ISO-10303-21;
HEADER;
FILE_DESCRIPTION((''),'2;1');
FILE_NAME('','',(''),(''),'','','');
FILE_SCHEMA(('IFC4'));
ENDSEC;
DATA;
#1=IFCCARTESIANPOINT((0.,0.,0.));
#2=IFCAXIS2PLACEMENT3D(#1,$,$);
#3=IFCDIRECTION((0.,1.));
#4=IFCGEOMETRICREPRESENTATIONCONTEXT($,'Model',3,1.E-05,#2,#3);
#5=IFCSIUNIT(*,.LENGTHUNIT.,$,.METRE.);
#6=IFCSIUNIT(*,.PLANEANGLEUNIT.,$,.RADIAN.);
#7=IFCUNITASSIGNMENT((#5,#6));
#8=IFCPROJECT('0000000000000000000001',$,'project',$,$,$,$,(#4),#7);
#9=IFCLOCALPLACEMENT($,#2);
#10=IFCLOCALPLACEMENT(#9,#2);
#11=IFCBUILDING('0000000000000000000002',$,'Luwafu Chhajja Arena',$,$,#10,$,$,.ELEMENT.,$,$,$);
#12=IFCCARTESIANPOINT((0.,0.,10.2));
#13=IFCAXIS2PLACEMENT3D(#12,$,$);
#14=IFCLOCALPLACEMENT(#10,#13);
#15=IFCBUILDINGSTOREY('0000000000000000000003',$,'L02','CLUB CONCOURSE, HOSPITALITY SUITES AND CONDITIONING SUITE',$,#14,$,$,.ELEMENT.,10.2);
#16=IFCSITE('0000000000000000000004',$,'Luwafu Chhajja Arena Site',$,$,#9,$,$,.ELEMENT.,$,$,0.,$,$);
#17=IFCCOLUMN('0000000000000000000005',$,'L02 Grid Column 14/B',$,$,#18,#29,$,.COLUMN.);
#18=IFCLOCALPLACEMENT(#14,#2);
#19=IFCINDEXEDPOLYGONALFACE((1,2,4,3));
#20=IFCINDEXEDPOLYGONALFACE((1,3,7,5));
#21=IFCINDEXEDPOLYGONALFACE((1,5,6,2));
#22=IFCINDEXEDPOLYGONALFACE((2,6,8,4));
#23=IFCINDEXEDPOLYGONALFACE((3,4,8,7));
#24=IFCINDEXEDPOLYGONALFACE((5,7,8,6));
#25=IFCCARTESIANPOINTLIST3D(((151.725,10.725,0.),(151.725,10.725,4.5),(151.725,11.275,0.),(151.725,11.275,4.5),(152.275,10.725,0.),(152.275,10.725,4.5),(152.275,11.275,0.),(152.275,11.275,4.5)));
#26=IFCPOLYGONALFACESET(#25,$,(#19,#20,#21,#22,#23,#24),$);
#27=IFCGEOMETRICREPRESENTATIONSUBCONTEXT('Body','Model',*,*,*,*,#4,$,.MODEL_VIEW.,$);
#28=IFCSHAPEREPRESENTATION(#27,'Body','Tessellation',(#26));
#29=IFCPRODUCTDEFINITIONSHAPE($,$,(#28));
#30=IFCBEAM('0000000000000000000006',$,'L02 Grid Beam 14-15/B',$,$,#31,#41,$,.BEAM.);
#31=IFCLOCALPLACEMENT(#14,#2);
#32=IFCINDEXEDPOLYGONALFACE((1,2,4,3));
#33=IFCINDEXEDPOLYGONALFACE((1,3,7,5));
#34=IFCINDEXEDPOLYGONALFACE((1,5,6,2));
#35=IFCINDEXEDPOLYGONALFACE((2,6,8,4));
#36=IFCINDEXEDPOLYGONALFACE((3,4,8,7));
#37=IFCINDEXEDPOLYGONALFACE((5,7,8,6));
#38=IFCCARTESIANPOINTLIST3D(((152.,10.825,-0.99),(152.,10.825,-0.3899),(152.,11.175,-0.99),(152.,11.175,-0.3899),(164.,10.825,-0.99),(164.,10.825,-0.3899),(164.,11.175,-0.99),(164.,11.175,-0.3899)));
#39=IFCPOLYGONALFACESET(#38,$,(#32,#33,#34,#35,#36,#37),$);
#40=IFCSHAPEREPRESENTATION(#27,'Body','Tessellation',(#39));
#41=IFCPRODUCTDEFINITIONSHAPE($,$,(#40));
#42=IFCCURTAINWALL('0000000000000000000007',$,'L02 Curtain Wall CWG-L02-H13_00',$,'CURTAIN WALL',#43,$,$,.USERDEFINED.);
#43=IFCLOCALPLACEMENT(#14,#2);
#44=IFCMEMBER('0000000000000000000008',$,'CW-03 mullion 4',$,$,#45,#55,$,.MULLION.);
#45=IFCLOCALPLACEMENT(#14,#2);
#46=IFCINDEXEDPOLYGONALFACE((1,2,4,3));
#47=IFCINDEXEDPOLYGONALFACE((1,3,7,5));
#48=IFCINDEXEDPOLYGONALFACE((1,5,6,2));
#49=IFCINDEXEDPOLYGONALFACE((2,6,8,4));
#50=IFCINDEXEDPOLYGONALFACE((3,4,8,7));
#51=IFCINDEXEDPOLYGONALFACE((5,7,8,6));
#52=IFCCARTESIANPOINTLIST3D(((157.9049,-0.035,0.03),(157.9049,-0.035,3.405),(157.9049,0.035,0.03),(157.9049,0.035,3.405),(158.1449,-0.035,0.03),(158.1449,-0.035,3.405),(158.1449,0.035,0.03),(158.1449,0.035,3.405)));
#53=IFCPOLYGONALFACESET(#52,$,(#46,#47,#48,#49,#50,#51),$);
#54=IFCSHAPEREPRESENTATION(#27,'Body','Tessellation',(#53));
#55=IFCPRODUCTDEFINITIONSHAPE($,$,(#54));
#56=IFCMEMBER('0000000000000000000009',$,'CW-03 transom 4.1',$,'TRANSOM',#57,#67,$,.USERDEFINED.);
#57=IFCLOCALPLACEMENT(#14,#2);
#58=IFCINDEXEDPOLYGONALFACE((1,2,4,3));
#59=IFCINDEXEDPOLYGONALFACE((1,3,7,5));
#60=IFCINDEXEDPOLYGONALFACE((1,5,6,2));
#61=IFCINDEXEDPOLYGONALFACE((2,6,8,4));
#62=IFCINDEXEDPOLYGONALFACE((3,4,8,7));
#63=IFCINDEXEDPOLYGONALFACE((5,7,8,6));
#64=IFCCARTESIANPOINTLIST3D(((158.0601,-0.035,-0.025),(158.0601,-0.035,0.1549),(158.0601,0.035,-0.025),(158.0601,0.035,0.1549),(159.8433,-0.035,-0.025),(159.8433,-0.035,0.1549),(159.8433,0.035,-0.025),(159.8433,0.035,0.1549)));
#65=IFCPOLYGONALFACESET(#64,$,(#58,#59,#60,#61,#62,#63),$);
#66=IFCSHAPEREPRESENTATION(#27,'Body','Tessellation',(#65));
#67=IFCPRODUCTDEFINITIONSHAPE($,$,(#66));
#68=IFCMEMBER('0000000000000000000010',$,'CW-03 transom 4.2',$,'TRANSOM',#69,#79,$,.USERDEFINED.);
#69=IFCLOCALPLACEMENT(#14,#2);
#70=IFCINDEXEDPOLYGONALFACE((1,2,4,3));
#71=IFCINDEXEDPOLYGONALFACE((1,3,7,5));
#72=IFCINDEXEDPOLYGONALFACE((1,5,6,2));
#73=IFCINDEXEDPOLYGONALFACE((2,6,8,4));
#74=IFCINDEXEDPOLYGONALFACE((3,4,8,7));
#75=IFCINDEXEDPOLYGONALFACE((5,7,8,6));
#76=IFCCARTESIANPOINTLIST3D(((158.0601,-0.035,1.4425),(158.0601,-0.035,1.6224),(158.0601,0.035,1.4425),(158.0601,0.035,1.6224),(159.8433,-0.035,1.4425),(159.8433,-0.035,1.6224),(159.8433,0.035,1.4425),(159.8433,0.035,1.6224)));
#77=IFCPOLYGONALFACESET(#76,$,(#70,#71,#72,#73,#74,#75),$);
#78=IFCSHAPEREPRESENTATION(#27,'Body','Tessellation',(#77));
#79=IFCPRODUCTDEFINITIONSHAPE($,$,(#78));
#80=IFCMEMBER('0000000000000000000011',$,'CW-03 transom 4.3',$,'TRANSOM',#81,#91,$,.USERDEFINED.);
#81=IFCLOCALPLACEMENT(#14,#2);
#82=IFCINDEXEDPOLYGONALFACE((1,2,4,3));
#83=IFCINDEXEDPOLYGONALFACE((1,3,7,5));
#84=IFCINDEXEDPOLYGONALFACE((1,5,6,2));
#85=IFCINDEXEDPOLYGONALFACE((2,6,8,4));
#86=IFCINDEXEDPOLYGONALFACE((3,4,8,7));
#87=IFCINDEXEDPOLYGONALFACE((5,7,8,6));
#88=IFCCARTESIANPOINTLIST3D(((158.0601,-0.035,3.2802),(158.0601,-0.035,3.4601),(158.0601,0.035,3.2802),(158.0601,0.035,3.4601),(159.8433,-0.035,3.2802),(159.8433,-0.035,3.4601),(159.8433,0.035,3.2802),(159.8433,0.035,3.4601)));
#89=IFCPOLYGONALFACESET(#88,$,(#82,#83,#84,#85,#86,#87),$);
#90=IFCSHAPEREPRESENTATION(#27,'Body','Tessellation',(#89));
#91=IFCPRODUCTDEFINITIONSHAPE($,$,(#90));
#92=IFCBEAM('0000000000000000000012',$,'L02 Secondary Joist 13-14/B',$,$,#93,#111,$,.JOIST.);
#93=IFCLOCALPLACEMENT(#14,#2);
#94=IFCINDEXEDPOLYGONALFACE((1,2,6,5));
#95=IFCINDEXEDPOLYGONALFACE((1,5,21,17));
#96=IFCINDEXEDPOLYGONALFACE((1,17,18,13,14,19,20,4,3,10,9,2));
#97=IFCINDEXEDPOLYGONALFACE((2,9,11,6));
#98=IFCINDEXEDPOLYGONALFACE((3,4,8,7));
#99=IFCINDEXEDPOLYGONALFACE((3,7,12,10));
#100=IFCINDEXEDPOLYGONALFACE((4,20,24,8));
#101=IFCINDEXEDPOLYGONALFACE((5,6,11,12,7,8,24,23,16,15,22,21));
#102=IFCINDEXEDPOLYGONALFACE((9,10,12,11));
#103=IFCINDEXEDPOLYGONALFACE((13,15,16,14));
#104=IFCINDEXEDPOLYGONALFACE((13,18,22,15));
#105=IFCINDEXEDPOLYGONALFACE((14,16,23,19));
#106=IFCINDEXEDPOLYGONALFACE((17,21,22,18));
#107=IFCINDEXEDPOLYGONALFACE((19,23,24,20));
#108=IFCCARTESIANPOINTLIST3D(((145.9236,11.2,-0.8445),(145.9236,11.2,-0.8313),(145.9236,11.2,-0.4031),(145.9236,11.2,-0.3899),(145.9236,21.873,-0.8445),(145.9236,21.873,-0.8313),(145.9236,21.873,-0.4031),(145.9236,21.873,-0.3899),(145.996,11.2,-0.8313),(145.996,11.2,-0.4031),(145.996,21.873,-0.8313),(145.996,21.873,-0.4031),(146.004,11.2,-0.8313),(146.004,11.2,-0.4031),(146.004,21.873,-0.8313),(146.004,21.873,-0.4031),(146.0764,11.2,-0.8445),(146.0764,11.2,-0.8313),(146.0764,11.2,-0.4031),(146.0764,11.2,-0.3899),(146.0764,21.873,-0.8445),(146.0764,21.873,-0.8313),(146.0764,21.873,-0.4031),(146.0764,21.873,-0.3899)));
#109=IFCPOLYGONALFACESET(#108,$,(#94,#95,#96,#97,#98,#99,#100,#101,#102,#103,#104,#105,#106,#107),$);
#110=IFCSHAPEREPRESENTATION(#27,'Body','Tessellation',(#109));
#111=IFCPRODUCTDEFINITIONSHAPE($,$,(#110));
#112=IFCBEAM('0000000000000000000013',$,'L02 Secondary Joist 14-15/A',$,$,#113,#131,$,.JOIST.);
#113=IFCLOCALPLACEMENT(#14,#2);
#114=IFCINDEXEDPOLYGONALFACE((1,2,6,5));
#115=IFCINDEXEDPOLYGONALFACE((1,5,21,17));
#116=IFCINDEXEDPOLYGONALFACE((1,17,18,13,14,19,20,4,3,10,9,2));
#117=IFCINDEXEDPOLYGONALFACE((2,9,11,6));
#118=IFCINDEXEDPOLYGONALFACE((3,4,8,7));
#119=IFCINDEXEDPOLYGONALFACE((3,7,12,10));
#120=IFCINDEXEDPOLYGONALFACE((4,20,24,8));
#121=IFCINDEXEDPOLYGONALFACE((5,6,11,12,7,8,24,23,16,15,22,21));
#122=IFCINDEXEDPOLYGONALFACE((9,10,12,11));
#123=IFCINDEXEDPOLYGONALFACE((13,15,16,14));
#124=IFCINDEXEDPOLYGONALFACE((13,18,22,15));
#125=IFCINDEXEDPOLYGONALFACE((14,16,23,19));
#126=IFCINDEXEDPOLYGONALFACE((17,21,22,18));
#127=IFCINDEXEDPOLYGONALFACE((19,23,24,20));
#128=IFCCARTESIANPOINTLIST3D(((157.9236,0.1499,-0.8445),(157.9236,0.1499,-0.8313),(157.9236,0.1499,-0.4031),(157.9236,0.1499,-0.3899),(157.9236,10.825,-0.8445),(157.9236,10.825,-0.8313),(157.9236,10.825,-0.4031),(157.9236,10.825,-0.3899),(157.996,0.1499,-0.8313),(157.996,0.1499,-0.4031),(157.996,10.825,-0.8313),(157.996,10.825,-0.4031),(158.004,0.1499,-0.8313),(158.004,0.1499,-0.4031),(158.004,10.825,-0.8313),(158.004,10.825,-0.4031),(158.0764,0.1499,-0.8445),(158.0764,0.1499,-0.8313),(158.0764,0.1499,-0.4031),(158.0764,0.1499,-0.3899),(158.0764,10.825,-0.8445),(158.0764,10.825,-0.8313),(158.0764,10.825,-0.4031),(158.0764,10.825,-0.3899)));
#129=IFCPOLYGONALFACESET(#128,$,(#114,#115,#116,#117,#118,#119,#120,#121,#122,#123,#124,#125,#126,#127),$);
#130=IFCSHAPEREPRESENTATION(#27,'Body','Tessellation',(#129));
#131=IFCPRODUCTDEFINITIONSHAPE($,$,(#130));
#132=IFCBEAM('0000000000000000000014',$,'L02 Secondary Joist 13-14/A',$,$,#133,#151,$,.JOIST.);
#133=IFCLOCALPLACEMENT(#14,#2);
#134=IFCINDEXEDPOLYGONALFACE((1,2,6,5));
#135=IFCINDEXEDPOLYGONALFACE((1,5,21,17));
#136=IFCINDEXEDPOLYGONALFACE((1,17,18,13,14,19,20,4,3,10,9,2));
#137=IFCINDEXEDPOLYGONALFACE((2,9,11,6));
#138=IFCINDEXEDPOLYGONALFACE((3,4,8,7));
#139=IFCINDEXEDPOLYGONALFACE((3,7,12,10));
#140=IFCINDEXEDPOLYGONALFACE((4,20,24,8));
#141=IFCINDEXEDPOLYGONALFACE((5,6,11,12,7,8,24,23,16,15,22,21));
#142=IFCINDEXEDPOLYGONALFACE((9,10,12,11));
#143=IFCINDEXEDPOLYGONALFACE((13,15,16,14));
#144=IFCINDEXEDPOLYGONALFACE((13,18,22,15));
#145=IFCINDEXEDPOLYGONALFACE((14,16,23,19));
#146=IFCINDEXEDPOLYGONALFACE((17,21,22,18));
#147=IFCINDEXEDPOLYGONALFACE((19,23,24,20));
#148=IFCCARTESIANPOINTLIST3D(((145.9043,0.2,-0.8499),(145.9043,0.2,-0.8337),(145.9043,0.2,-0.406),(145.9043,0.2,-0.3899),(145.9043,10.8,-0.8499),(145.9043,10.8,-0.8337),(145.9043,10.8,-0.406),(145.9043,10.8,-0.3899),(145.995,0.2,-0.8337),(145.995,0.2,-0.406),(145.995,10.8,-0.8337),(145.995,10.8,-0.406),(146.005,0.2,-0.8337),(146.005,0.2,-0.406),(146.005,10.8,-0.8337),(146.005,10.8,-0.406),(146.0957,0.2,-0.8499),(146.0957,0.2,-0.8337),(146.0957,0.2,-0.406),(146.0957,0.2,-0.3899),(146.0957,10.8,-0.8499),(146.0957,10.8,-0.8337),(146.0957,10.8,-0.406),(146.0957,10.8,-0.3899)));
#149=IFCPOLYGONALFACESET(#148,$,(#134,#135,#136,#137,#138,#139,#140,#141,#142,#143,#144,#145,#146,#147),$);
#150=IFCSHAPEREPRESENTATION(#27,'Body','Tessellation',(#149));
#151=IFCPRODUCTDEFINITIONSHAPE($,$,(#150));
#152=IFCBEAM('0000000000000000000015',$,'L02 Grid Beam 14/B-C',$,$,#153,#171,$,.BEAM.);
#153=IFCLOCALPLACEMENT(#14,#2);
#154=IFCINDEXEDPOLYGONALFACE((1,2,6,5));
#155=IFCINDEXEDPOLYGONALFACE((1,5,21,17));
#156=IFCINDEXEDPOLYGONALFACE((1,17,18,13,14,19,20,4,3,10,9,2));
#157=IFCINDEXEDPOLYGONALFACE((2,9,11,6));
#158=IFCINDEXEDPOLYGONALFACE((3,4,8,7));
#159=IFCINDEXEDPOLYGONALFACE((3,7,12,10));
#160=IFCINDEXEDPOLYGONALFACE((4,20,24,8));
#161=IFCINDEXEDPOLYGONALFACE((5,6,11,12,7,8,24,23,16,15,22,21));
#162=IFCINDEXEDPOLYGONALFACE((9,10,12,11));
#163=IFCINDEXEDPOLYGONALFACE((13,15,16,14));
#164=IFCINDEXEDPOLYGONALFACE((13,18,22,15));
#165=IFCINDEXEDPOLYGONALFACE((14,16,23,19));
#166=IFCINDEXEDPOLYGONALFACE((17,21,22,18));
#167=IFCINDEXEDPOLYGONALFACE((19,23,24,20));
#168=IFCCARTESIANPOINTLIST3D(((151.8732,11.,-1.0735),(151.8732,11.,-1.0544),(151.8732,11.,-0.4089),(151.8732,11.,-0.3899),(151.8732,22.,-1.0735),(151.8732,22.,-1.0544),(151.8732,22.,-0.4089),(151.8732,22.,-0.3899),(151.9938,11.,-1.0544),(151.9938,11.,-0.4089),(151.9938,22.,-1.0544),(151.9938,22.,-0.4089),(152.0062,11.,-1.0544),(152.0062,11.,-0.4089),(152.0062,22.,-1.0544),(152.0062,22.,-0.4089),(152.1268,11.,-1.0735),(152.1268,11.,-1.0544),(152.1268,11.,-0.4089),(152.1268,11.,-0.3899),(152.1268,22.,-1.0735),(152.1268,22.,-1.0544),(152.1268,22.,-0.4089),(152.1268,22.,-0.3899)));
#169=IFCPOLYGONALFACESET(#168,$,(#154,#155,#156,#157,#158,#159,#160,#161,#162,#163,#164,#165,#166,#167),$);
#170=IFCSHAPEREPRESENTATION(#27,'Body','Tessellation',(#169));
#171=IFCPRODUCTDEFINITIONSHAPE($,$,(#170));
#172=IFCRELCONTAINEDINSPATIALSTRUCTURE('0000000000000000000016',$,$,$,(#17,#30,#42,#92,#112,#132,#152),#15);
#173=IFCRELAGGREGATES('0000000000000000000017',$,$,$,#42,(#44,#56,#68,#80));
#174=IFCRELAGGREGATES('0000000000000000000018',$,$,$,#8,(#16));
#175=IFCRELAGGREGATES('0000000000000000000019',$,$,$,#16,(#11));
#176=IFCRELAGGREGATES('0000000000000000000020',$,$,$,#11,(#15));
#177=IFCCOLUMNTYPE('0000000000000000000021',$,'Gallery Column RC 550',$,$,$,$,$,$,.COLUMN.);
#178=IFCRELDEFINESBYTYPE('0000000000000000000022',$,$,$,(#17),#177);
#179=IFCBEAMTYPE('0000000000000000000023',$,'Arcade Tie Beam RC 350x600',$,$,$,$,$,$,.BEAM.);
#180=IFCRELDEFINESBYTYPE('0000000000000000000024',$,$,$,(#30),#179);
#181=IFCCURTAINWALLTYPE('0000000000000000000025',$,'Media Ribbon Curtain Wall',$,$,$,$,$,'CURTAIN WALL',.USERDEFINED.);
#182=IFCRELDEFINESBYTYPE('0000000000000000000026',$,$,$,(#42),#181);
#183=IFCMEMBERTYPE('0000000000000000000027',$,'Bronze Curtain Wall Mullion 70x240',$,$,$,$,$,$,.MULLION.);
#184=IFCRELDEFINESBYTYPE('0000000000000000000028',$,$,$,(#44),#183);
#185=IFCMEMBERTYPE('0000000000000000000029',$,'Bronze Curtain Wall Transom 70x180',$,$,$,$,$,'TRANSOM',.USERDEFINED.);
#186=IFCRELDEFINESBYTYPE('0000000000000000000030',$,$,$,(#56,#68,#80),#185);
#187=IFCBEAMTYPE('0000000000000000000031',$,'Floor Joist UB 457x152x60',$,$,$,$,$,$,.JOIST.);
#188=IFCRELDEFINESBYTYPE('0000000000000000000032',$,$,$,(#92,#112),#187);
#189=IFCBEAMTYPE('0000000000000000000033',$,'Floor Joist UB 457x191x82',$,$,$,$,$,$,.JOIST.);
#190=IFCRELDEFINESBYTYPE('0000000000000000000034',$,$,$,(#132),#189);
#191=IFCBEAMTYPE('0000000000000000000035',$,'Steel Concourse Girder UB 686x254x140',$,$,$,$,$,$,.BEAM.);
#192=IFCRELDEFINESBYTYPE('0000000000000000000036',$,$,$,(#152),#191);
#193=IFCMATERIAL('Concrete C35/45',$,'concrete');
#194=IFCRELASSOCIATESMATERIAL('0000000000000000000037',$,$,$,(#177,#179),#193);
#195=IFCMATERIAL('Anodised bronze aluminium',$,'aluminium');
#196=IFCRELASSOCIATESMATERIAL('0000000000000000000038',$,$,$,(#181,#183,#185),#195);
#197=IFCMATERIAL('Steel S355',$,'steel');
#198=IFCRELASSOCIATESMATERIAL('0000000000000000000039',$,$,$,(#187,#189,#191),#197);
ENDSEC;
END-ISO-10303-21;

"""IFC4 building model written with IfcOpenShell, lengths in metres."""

from ifc_helpers import new_model, si_unit, direction, frame, origin, origin_2d, place, context, subcontext, project, spatial, rectangle, i_section, extrude, material, material_profile, profile_set, type_object, element, aggregate, save


model = new_model("IFC4")

# Units and contexts
model_context = context("Model", 3, precision=1e-05, world=origin(), true_north=direction((0.0, 1.0)))
body_context = subcontext(model_context, "Body", "Model", "MODEL_VIEW")
ifc_project = project(units=[si_unit("LENGTHUNIT", "METRE"), si_unit("PLANEANGLEUNIT", "RADIAN")], contexts=[model_context])

# Site, building, storey
site_placement = place(None, origin())
site = spatial("IfcSite", under=ifc_project, at=site_placement, Name="Luwafu Chhajja Arena Site", CompositionType="ELEMENT", RefElevation=0.0)
building_placement = place(site_placement, origin())
building = spatial("IfcBuilding", under=site, at=building_placement, Name="Luwafu Chhajja Arena", CompositionType="ELEMENT")
storey_placement = place(building_placement, frame((0.0, 0.0, 10.2)))
storey = spatial("IfcBuildingStorey", under=building, at=storey_placement, Name="L02", Description="CLUB CONCOURSE, HOSPITALITY SUITES AND CONDITIONING SUITE", CompositionType="ELEMENT", Elevation=10.2)

# Column
ifc_material_1 = material(Name="Concrete C35/45", Category="concrete")
ifc_material_profile_1 = material_profile(ifc_material_1, rectangle(XDim=0.55, YDim=0.55, at=origin_2d()), Name="RC 550x550")
ifc_profile_set_1 = profile_set([ifc_material_profile_1], Name="Concrete C35/45")
column_type = type_object("IfcColumnType", Name="Gallery Column RC 550", PredefinedType="COLUMN", material=ifc_profile_set_1)
column_placement = place(storey_placement, frame((152.0, 11.0, 0.0), z_axis=(0.0, 0.0, 1.0), x_axis=(1.0, 0.0, 0.0)))
element("IfcColumn", 1, at=column_placement, inside=storey, type_object=column_type, Name="L02 Grid Column 14/B", PredefinedType="COLUMN", context=body_context, shape_type="SweptSolid", body=[
    extrude(rectangle(XDim=0.55, YDim=0.55, at=origin_2d()), origin(), (0.0, 0.0, 1.0), 4.5),
])

# Beam
ifc_material_profile_2 = material_profile(ifc_material_1, rectangle(XDim=0.3501, YDim=0.6001, at=origin_2d()), Name="RC 350x600")
ifc_profile_set_2 = profile_set([ifc_material_profile_2], Name="Concrete C35/45")
beam_type_1 = type_object("IfcBeamType", Name="Arcade Tie Beam RC 350x600", PredefinedType="BEAM", material=ifc_profile_set_2)
beam_1_placement = place(storey_placement, frame((152.0, 11.0, -0.6899), z_axis=(1.0, 0.0, 0.0), x_axis=(0.0, 1.0, 0.0)))
element("IfcBeam", 2, at=beam_1_placement, inside=storey, type_object=beam_type_1, Name="L02 Grid Beam 14-15/B", PredefinedType="BEAM", context=body_context, shape_type="SweptSolid", body=[
    extrude(rectangle(XDim=0.3501, YDim=0.6001, at=origin_2d()), origin(), (0.0, 0.0, 1.0), 12.0),
])

# Curtain wall, members
ifc_material_2 = material(Name="Anodised bronze aluminium", Category="aluminium")
curtain_wall_type = type_object("IfcCurtainWallType", Name="Media Ribbon Curtain Wall", ElementType="CURTAIN WALL", PredefinedType="USERDEFINED", material=ifc_material_2)
curtain_wall_placement = place(storey_placement, origin())
curtain_wall = element("IfcCurtainWall", 3, at=curtain_wall_placement, inside=storey, type_object=curtain_wall_type, Name="L02 Curtain Wall CWG-L02-H13_00", ObjectType="CURTAIN WALL", PredefinedType="USERDEFINED")
ifc_material_profile_3 = material_profile(ifc_material_2, rectangle(XDim=0.0701, YDim=0.24, at=origin_2d()), Name="CWM 70x240")
ifc_profile_set_3 = profile_set([ifc_material_profile_3], Name="Anodised bronze aluminium")
member_type_1 = type_object("IfcMemberType", Name="Bronze Curtain Wall Mullion 70x240", PredefinedType="MULLION", material=ifc_profile_set_3)
member_1_placement = place(storey_placement, frame((158.0249, 0.0, 0.03), z_axis=(0.0, 0.0, 1.0), x_axis=(0.0, 1.0, 0.0)))
member_1 = element("IfcMember", 4, at=member_1_placement, type_object=member_type_1, Name="CW-03 mullion 4", PredefinedType="MULLION", context=body_context, shape_type="SweptSolid", body=[
    extrude(rectangle(XDim=0.0701, YDim=0.24, at=origin_2d()), origin(), (0.0, 0.0, 1.0), 3.375),
])
ifc_material_profile_4 = material_profile(ifc_material_2, rectangle(XDim=0.0701, YDim=0.1799, at=origin_2d()), Name="CWT 70x180")
ifc_profile_set_4 = profile_set([ifc_material_profile_4], Name="Anodised bronze aluminium")
member_type_2 = type_object("IfcMemberType", Name="Bronze Curtain Wall Transom 70x180", ElementType="TRANSOM", PredefinedType="USERDEFINED", material=ifc_profile_set_4)
member_2_placement = place(storey_placement, frame((158.0601, 0.0, 0.0649), z_axis=(1.0, 0.0, 0.0), x_axis=(0.0, 1.0, 0.0)))
member_2 = element("IfcMember", 5, at=member_2_placement, type_object=member_type_2, Name="CW-03 transom 4.1", ObjectType="TRANSOM", PredefinedType="USERDEFINED", context=body_context, shape_type="SweptSolid", body=[
    extrude(rectangle(XDim=0.0701, YDim=0.1799, at=origin_2d()), origin(), (0.0, 0.0, 1.0), 1.7832),
])
member_3_placement = place(storey_placement, frame((158.0601, 0.0, 1.5325), z_axis=(1.0, 0.0, 0.0), x_axis=(0.0, 1.0, 0.0)))
member_3 = element("IfcMember", 6, at=member_3_placement, type_object=member_type_2, Name="CW-03 transom 4.2", ObjectType="TRANSOM", PredefinedType="USERDEFINED", context=body_context, shape_type="SweptSolid", body=[
    extrude(rectangle(XDim=0.0701, YDim=0.1799, at=origin_2d()), origin(), (0.0, 0.0, 1.0), 1.7832),
])
member_4_placement = place(storey_placement, frame((158.0601, 0.0, 3.3701), z_axis=(1.0, 0.0, 0.0), x_axis=(0.0, 1.0, 0.0)))
member_4 = element("IfcMember", 7, at=member_4_placement, type_object=member_type_2, Name="CW-03 transom 4.3", ObjectType="TRANSOM", PredefinedType="USERDEFINED", context=body_context, shape_type="SweptSolid", body=[
    extrude(rectangle(XDim=0.0701, YDim=0.1799, at=origin_2d()), origin(), (0.0, 0.0, 1.0), 1.7832),
])
aggregate(curtain_wall, [member_1, member_2, member_3, member_4])

# Beams
ifc_material_3 = material(Name="Steel S355", Category="steel")
ifc_material_profile_5 = material_profile(ifc_material_3, i_section(OverallWidth=0.1528, OverallDepth=0.4546, WebThickness=0.0081, FlangeThickness=0.0132, at=origin_2d()), Name="UB 457x152x60")
ifc_profile_set_5 = profile_set([ifc_material_profile_5], Name="Steel S355")
beam_type_2 = type_object("IfcBeamType", Name="Floor Joist UB 457x152x60", PredefinedType="JOIST", material=ifc_profile_set_5)
beam_2_placement = place(storey_placement, frame((146.0, 11.2, -0.6172), z_axis=(0.0, 1.0, 0.0), x_axis=(-1.0, 0.0, 0.0)))
element("IfcBeam", 8, at=beam_2_placement, inside=storey, type_object=beam_type_2, Name="L02 Secondary Joist 13-14/B", PredefinedType="JOIST", context=body_context, shape_type="SweptSolid", body=[
    extrude(i_section(OverallWidth=0.1528, OverallDepth=0.4546, WebThickness=0.0081, FlangeThickness=0.0132, at=origin_2d()), origin(), (0.0, 0.0, 1.0), 10.6731),
])
beam_3_placement = place(storey_placement, frame((158.0, 0.1499, -0.6172), z_axis=(0.0, 1.0, 0.0), x_axis=(-1.0, 0.0, 0.0)))
element("IfcBeam", 9, at=beam_3_placement, inside=storey, type_object=beam_type_2, Name="L02 Secondary Joist 14-15/A", PredefinedType="JOIST", context=body_context, shape_type="SweptSolid", body=[
    extrude(i_section(OverallWidth=0.1528, OverallDepth=0.4546, WebThickness=0.0081, FlangeThickness=0.0132, at=origin_2d()), origin(), (0.0, 0.0, 1.0), 10.675),
])
ifc_material_profile_6 = material_profile(ifc_material_3, i_section(OverallWidth=0.1914, OverallDepth=0.46, WebThickness=0.01, FlangeThickness=0.0161, at=origin_2d()), Name="UB 457x191x82")
ifc_profile_set_6 = profile_set([ifc_material_profile_6], Name="Steel S355")
beam_type_3 = type_object("IfcBeamType", Name="Floor Joist UB 457x191x82", PredefinedType="JOIST", material=ifc_profile_set_6)
beam_4_placement = place(storey_placement, frame((146.0, 0.2, -0.6199), z_axis=(0.0, 1.0, 0.0), x_axis=(-1.0, 0.0, 0.0)))
element("IfcBeam", 10, at=beam_4_placement, inside=storey, type_object=beam_type_3, Name="L02 Secondary Joist 13-14/A", PredefinedType="JOIST", context=body_context, shape_type="SweptSolid", body=[
    extrude(i_section(OverallWidth=0.1914, OverallDepth=0.46, WebThickness=0.01, FlangeThickness=0.0161, at=origin_2d()), origin(), (0.0, 0.0, 1.0), 10.6001),
])
ifc_material_profile_7 = material_profile(ifc_material_3, i_section(OverallWidth=0.2537, OverallDepth=0.6836, WebThickness=0.0125, FlangeThickness=0.019, at=origin_2d()), Name="UB 686x254x140")
ifc_profile_set_7 = profile_set([ifc_material_profile_7], Name="Steel S355")
beam_type_4 = type_object("IfcBeamType", Name="Steel Concourse Girder UB 686x254x140", PredefinedType="BEAM", material=ifc_profile_set_7)
beam_5_placement = place(storey_placement, frame((152.0, 11.0, -0.7317), z_axis=(0.0, 1.0, 0.0), x_axis=(-1.0, 0.0, 0.0)))
element("IfcBeam", 11, at=beam_5_placement, inside=storey, type_object=beam_type_4, Name="L02 Grid Beam 14/B-C", PredefinedType="BEAM", context=body_context, shape_type="SweptSolid", body=[
    extrude(i_section(OverallWidth=0.2537, OverallDepth=0.6836, WebThickness=0.0125, FlangeThickness=0.019, at=origin_2d()), origin(), (0.0, 0.0, 1.0), 11.0),
])

save(model, "model.ifc")
